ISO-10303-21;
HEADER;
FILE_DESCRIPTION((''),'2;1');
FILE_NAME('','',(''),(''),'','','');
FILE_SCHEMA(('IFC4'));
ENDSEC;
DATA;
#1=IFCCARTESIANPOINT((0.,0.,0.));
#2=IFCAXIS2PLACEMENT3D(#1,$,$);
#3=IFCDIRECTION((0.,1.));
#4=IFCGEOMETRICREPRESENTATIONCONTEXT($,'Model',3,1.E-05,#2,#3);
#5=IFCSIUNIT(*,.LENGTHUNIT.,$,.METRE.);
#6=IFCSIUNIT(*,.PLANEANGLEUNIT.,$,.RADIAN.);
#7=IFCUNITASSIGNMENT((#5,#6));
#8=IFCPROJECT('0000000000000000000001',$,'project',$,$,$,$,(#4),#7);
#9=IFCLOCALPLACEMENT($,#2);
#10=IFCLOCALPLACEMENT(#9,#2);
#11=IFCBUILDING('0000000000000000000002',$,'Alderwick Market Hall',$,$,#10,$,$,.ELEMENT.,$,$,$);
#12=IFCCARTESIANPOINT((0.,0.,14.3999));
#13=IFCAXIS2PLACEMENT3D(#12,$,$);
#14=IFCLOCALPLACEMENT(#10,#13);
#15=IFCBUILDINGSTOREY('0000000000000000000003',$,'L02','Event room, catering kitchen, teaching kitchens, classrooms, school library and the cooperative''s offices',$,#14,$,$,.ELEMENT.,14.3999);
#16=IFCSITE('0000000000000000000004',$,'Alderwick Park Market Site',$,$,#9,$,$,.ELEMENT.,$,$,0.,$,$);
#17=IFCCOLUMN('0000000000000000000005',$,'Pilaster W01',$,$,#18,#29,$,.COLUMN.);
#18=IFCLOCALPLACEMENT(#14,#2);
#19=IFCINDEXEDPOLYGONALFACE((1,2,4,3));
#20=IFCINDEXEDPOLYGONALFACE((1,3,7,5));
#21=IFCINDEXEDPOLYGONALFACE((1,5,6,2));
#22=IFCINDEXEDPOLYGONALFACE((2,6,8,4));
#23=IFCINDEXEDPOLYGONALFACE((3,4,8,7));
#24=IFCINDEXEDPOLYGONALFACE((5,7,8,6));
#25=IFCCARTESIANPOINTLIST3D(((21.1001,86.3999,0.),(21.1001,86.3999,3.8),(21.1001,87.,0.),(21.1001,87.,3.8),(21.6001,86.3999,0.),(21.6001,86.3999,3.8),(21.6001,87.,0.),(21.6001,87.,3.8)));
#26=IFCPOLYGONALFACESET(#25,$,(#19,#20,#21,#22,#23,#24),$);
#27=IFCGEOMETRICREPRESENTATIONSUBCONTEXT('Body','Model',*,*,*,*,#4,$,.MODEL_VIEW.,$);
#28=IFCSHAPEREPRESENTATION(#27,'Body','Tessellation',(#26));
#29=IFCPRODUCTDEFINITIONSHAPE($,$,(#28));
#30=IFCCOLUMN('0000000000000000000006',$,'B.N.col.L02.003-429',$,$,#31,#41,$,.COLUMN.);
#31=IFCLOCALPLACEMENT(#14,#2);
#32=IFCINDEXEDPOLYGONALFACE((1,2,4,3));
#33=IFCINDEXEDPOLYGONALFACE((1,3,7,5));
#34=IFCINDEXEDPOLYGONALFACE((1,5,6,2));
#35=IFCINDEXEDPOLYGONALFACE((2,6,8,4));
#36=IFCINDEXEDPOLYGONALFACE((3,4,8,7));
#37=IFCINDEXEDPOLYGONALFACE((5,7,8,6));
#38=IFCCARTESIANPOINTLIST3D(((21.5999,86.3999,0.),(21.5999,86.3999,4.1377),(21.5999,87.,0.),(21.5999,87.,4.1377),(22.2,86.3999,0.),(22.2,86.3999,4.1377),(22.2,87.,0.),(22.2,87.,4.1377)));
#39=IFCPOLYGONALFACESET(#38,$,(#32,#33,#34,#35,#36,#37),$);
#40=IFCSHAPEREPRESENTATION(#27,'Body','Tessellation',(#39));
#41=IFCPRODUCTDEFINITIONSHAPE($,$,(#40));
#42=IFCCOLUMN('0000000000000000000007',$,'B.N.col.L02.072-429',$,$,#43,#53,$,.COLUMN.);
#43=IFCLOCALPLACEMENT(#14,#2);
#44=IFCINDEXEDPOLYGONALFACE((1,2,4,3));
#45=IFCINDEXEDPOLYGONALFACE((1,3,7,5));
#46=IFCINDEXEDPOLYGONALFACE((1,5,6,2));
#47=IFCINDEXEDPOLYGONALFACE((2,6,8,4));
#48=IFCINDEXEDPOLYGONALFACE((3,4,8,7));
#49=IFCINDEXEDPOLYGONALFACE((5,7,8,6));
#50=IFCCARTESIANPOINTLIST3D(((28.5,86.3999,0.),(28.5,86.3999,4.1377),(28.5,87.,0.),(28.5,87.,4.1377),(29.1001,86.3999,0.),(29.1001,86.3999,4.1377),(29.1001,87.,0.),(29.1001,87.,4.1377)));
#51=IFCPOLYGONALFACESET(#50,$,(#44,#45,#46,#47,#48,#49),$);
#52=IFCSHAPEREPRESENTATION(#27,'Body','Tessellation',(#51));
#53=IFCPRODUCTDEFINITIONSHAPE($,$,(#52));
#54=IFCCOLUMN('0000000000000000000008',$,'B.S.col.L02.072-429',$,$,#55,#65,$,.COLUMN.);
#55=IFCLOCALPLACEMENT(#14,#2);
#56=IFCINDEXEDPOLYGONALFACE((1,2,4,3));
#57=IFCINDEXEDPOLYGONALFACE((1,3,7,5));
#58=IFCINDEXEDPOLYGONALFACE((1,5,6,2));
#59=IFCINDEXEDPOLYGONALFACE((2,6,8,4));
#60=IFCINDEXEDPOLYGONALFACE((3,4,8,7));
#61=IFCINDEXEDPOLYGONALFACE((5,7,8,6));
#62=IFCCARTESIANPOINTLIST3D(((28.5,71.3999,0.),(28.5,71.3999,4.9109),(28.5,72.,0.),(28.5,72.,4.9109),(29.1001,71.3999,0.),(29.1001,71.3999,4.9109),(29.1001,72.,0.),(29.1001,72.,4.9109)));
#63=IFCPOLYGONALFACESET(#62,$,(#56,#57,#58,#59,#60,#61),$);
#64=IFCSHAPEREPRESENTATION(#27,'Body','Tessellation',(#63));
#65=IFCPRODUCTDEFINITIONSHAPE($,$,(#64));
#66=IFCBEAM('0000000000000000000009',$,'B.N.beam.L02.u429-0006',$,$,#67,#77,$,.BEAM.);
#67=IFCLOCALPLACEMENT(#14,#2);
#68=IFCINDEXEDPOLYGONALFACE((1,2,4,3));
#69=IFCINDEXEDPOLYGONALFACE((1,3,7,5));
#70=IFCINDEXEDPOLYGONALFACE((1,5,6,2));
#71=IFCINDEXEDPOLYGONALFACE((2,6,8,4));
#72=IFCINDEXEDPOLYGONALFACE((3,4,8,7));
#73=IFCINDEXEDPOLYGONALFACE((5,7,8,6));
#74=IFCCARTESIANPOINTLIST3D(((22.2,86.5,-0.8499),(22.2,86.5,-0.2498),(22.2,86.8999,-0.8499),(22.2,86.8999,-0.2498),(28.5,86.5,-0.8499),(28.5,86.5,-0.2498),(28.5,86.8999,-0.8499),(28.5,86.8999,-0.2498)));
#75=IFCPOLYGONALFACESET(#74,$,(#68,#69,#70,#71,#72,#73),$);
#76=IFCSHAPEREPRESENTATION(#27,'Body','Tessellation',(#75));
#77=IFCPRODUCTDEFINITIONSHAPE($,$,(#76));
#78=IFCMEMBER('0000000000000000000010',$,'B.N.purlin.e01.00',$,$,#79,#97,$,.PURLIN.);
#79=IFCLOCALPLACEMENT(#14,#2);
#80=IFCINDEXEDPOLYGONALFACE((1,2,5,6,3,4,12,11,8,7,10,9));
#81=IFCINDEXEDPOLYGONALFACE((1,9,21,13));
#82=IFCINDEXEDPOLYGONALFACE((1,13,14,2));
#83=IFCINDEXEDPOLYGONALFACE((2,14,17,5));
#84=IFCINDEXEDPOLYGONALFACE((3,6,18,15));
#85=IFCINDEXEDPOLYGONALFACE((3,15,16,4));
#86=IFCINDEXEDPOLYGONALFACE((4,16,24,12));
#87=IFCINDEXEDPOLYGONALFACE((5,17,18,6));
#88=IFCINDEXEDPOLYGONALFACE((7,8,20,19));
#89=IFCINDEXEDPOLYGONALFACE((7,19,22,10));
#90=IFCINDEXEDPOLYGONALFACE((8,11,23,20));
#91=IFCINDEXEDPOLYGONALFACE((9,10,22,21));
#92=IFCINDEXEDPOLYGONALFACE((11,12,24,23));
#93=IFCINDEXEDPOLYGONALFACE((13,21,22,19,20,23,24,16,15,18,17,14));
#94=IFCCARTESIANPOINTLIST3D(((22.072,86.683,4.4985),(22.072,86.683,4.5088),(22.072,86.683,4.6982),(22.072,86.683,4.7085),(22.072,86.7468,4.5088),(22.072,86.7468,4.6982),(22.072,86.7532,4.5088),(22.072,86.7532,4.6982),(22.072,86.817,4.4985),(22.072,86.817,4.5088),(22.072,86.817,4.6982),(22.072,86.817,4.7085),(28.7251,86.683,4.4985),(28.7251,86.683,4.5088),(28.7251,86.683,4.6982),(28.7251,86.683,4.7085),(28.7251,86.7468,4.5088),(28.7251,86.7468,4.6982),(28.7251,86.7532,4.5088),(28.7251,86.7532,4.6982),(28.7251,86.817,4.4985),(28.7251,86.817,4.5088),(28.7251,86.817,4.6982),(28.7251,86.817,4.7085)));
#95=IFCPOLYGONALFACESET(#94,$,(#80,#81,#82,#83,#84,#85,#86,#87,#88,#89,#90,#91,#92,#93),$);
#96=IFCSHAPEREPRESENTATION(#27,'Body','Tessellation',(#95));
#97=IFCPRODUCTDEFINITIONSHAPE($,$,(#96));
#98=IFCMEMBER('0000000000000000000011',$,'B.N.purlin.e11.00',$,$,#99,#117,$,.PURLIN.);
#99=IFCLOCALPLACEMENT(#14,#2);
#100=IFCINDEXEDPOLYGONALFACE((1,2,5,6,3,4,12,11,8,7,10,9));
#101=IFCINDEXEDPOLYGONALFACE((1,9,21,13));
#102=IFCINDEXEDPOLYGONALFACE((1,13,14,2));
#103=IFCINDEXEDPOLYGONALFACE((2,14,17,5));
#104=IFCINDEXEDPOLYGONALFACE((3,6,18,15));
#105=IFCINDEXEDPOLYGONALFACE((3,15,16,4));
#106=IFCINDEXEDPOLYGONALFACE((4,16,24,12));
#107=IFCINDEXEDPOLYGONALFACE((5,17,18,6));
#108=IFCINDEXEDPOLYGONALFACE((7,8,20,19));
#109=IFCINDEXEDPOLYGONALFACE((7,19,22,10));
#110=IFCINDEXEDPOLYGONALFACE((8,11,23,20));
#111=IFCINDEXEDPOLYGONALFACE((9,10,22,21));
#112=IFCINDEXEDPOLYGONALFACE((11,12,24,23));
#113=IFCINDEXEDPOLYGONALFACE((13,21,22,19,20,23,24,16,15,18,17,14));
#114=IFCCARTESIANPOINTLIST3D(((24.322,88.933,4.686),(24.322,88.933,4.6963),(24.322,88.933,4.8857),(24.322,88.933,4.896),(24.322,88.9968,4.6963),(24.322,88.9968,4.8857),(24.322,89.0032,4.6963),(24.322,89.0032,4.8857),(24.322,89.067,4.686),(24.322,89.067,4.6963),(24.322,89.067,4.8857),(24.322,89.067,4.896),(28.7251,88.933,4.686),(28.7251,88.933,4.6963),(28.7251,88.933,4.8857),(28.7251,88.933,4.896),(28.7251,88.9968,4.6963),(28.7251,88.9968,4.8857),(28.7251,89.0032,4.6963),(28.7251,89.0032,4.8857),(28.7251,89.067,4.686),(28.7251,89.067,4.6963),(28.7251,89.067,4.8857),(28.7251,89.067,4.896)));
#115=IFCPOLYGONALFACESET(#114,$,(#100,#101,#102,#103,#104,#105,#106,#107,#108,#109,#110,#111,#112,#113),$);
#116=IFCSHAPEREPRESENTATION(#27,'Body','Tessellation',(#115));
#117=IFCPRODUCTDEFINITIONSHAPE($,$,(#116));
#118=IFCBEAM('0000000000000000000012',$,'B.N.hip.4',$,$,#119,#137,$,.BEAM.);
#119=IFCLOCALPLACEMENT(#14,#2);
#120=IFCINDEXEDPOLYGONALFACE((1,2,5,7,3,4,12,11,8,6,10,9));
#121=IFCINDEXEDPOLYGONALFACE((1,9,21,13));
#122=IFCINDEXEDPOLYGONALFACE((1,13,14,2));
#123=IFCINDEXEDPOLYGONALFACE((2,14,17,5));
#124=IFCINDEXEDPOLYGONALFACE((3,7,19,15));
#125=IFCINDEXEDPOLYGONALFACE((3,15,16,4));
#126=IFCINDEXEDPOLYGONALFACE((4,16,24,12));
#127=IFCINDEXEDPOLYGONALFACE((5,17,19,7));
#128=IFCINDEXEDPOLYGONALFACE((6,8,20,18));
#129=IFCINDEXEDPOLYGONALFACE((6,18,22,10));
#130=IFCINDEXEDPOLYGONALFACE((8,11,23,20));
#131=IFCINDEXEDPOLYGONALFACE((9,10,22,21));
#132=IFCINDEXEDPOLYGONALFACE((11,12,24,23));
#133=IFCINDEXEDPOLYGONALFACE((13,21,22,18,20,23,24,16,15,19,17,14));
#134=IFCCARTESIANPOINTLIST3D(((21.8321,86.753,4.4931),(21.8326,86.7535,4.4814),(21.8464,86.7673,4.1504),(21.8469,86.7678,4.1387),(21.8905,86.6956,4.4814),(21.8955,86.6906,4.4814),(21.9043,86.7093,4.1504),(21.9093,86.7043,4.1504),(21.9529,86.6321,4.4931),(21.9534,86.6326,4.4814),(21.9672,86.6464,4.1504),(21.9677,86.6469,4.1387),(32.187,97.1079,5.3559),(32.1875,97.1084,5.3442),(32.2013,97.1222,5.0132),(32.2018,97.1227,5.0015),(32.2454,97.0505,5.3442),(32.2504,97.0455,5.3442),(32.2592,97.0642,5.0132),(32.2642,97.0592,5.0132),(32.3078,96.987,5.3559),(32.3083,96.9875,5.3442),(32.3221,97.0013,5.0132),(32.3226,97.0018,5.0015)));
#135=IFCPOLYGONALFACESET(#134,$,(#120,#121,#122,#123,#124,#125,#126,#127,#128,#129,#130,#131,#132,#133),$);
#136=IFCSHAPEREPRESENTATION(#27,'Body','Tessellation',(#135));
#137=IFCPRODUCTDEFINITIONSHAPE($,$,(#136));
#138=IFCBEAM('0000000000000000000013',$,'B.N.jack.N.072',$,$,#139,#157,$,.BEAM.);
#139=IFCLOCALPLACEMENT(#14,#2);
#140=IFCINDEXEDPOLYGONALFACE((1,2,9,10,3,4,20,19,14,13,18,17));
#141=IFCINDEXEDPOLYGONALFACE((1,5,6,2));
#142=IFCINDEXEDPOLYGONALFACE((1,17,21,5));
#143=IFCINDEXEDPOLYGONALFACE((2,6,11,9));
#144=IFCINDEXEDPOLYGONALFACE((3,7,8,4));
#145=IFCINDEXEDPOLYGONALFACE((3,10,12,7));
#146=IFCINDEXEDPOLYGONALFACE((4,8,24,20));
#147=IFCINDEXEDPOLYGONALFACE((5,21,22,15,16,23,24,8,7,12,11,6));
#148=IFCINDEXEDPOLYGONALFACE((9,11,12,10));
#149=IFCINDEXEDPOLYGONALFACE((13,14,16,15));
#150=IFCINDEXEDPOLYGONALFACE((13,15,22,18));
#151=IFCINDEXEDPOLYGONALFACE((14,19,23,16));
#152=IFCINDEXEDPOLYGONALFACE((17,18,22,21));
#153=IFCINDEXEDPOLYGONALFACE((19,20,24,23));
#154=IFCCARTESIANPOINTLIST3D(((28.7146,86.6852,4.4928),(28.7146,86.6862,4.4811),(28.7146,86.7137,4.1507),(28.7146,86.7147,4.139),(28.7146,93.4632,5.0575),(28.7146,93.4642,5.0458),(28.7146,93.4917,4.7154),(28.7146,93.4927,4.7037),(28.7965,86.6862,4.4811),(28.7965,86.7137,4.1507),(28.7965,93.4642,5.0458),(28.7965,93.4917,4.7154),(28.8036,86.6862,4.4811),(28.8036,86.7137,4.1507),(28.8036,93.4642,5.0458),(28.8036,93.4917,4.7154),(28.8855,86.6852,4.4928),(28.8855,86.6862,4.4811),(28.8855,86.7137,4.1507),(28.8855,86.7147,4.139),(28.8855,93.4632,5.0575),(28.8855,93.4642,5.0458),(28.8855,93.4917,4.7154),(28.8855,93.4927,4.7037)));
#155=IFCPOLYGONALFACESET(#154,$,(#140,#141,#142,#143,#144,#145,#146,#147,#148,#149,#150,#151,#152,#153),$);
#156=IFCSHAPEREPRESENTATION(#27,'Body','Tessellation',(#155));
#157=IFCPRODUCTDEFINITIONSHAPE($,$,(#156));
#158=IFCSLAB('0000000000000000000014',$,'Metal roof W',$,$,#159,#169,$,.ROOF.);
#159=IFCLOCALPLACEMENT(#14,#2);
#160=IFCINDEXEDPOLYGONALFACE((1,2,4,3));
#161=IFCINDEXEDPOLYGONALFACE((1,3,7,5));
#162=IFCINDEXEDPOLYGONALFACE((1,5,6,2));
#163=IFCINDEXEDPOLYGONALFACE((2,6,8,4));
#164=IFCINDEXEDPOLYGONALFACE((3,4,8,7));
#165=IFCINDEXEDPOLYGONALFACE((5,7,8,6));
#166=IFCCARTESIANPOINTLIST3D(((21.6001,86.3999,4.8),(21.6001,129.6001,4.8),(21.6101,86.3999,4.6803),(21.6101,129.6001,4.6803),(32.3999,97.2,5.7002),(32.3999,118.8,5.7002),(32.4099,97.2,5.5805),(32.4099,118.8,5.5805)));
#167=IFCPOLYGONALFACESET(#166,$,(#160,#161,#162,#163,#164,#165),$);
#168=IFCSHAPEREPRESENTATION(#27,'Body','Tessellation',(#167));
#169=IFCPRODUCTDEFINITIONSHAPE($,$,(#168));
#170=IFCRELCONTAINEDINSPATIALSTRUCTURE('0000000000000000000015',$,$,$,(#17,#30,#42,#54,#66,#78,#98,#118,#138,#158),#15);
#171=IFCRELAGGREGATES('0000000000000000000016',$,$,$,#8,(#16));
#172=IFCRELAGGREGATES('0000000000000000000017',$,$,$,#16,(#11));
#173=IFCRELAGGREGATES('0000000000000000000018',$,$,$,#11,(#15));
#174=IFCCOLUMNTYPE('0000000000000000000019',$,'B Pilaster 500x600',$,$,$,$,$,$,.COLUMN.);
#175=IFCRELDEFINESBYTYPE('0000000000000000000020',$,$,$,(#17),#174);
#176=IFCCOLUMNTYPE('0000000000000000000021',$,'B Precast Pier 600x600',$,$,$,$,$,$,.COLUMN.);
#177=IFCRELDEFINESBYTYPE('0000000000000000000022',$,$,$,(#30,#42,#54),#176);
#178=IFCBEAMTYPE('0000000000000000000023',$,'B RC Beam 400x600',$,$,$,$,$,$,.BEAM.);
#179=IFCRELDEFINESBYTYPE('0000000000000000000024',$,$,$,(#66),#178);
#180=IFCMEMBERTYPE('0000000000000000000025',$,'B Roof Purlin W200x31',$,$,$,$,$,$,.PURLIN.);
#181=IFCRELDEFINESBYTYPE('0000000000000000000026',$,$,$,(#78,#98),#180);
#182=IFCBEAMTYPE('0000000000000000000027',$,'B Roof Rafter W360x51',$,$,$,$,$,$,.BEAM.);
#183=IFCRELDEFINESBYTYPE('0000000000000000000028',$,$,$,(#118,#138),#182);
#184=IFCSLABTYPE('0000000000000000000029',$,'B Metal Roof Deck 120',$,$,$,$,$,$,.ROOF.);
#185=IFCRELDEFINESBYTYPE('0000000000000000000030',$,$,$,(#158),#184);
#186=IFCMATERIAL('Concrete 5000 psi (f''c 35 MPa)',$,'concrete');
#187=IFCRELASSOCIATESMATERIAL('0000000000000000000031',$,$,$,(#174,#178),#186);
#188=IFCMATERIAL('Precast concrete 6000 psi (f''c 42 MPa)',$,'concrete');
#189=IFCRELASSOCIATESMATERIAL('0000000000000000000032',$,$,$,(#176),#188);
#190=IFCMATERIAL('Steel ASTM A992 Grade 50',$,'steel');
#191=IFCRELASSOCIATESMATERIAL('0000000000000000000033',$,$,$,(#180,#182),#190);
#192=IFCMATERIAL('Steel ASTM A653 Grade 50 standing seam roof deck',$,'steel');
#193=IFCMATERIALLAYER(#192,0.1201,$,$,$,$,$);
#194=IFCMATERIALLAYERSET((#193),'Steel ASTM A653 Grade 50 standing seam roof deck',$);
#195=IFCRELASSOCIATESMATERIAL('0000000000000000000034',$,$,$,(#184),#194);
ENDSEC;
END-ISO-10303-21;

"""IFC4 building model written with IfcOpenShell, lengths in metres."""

from ifc_helpers import new_model, si_unit, direction, frame, origin, origin_2d, place, context, subcontext, project, spatial, polyline, rectangle, i_section, outline, extrude, material, layer, layer_set, material_profile, profile_set, type_object, element, save


model = new_model("IFC4")

# Units and contexts
model_context = context("Model", 3, precision=1e-05, world=origin(), true_north=direction((0.0, 1.0)))
body_context = subcontext(model_context, "Body", "Model", "MODEL_VIEW")
ifc_project = project(units=[si_unit("LENGTHUNIT", "METRE"), si_unit("PLANEANGLEUNIT", "RADIAN")], contexts=[model_context])

# Site, building, storey
site_placement = place(None, origin())
site = spatial("IfcSite", under=ifc_project, at=site_placement, Name="Alderwick Park Market Site", CompositionType="ELEMENT", RefElevation=0.0)
building_placement = place(site_placement, origin())
building = spatial("IfcBuilding", under=site, at=building_placement, Name="Alderwick Market Hall", CompositionType="ELEMENT")
storey_placement = place(building_placement, frame((0.0, 0.0, 14.3999)))
storey = spatial("IfcBuildingStorey", under=building, at=storey_placement, Name="L02", Description="Event room, catering kitchen, teaching kitchens, classrooms, school library and the cooperative's offices", CompositionType="ELEMENT", Elevation=14.3999)

# Columns
ifc_material_1 = material(Name="Concrete 5000 psi (f'c 35 MPa)", Category="concrete")
ifc_material_profile_1 = material_profile(ifc_material_1, rectangle(XDim=0.5, YDim=0.6001, at=origin_2d()), Name="B Pilaster 500x600")
ifc_profile_set_1 = profile_set([ifc_material_profile_1], Name="Concrete 5000 psi (f'c 35 MPa)")
column_type_1 = type_object("IfcColumnType", Name="B Pilaster 500x600", PredefinedType="COLUMN", material=ifc_profile_set_1)
column_1_placement = place(storey_placement, frame((21.3501, 86.7, 0.0), z_axis=(0.0, 0.0, 1.0), x_axis=(1.0, 0.0, 0.0)))
element("IfcColumn", 1, at=column_1_placement, inside=storey, type_object=column_type_1, Name="Pilaster W01", PredefinedType="COLUMN", context=body_context, shape_type="SweptSolid", body=[
    extrude(rectangle(XDim=0.5, YDim=0.6001, at=origin_2d()), origin(), (0.0, 0.0, 1.0), 3.8),
])
ifc_material_2 = material(Name="Precast concrete 6000 psi (f'c 42 MPa)", Category="concrete")
ifc_material_profile_2 = material_profile(ifc_material_2, rectangle(XDim=0.6001, YDim=0.6001, at=origin_2d()), Name="B Precast Pier 600x600")
ifc_profile_set_2 = profile_set([ifc_material_profile_2], Name="Precast concrete 6000 psi (f'c 42 MPa)")
column_type_2 = type_object("IfcColumnType", Name="B Precast Pier 600x600", PredefinedType="COLUMN", material=ifc_profile_set_2)
for number, where, z_axis, x_axis, name in (
    (2, (21.8999, 86.7, 0.0), (0.0, 0.0, 1.0), (1.0, 0.0, 0.0), "B.N.col.L02.003-429"),
    (3, (28.8, 86.7, 0.0), (0.0, 0.0, 1.0), (1.0, 0.0, 0.0), "B.N.col.L02.072-429"),
):
    element("IfcColumn", number, at=place(storey_placement, frame(where, z_axis=z_axis, x_axis=x_axis)), inside=storey, type_object=column_type_2, Name=name, PredefinedType="COLUMN", context=body_context, shape_type="SweptSolid", body=[
        extrude(rectangle(XDim=0.6001, YDim=0.6001, at=origin_2d()), origin(), (0.0, 0.0, 1.0), 4.1377),
    ])
column_2_placement = place(storey_placement, frame((28.8, 71.7, 0.0), z_axis=(0.0, 0.0, 1.0), x_axis=(1.0, 0.0, 0.0)))
element("IfcColumn", 4, at=column_2_placement, inside=storey, type_object=column_type_2, Name="B.S.col.L02.072-429", PredefinedType="COLUMN", context=body_context, shape_type="SweptSolid", body=[
    extrude(rectangle(XDim=0.6001, YDim=0.6001, at=origin_2d()), origin(), (0.0, 0.0, 1.0), 4.9109),
])

# Beam
ifc_material_profile_3 = material_profile(ifc_material_1, rectangle(XDim=0.3999, YDim=0.6001, at=origin_2d()), Name="B RC Beam 400x600")
ifc_profile_set_3 = profile_set([ifc_material_profile_3], Name="Concrete 5000 psi (f'c 35 MPa)")
beam_type_1 = type_object("IfcBeamType", Name="B RC Beam 400x600", PredefinedType="BEAM", material=ifc_profile_set_3)
beam_1_placement = place(storey_placement, frame((22.2, 86.7, -0.5498), z_axis=(1.0, 0.0, 0.0), x_axis=(0.0, 1.0, 0.0)))
element("IfcBeam", 5, at=beam_1_placement, inside=storey, type_object=beam_type_1, Name="B.N.beam.L02.u429-0006", PredefinedType="BEAM", context=body_context, shape_type="SweptSolid", body=[
    extrude(rectangle(XDim=0.3999, YDim=0.6001, at=origin_2d()), origin(), (0.0, 0.0, 1.0), 6.3),
])

# Members
ifc_material_3 = material(Name="Steel ASTM A992 Grade 50", Category="steel")
ifc_material_profile_4 = material_profile(ifc_material_3, i_section(OverallWidth=0.134, OverallDepth=0.21, WebThickness=0.0063, FlangeThickness=0.0103, at=origin_2d()), Name="W200x31")
ifc_profile_set_4 = profile_set([ifc_material_profile_4], Name="Steel ASTM A992 Grade 50")
member_type = type_object("IfcMemberType", Name="B Roof Purlin W200x31", PredefinedType="PURLIN", material=ifc_profile_set_4)
member_1_placement = place(storey_placement, frame((22.072, 86.75, 4.6035), z_axis=(1.0, 0.0, 0.0), x_axis=(0.0, 1.0, 0.0)))
element("IfcMember", 6, at=member_1_placement, inside=storey, type_object=member_type, Name="B.N.purlin.e01.00", PredefinedType="PURLIN", context=body_context, shape_type="SweptSolid", body=[
    extrude(i_section(OverallWidth=0.134, OverallDepth=0.21, WebThickness=0.0063, FlangeThickness=0.0103, at=origin_2d()), origin(), (0.0, 0.0, 1.0), 6.6531),
])
member_2_placement = place(storey_placement, frame((24.322, 89.0, 4.791), z_axis=(1.0, 0.0, 0.0), x_axis=(0.0, 1.0, 0.0)))
element("IfcMember", 7, at=member_2_placement, inside=storey, type_object=member_type, Name="B.N.purlin.e11.00", PredefinedType="PURLIN", context=body_context, shape_type="SweptSolid", body=[
    extrude(i_section(OverallWidth=0.134, OverallDepth=0.21, WebThickness=0.0063, FlangeThickness=0.0103, at=origin_2d()), origin(), (0.0, 0.0, 1.0), 4.4031),
])

# Beams
ifc_material_profile_5 = material_profile(ifc_material_3, i_section(OverallWidth=0.1709, OverallDepth=0.355, WebThickness=0.0071, FlangeThickness=0.0117, at=origin_2d()), Name="W360x51")
ifc_profile_set_5 = profile_set([ifc_material_profile_5], Name="Steel ASTM A992 Grade 50")
beam_type_2 = type_object("IfcBeamType", Name="B Roof Rafter W360x51", PredefinedType="BEAM", material=ifc_profile_set_5)
beam_2_placement = place(storey_placement, frame((21.8999, 86.7, 4.3159), z_axis=(0.705883, 0.705883, 0.058815), x_axis=(-0.707107, 0.707107, 0.0)))
element("IfcBeam", 8, at=beam_2_placement, inside=storey, type_object=beam_type_2, Name="B.N.hip.4", PredefinedType="BEAM", context=body_context, shape_type="SweptSolid", body=[
    extrude(i_section(OverallWidth=0.1709, OverallDepth=0.355, WebThickness=0.0071, FlangeThickness=0.0117, at=origin_2d()), origin(), (0.0, 0.0, 1.0), 14.6694),
])
beam_3_placement = place(storey_placement, frame((28.8, 86.7, 4.3159), z_axis=(0.0, 0.996547, 0.083025), x_axis=(-1.0, 0.0, 0.0)))
element("IfcBeam", 9, at=beam_3_placement, inside=storey, type_object=beam_type_2, Name="B.N.jack.N.072", PredefinedType="BEAM", context=body_context, shape_type="SweptSolid", body=[
    extrude(i_section(OverallWidth=0.1709, OverallDepth=0.355, WebThickness=0.0071, FlangeThickness=0.0117, at=origin_2d()), origin(), (0.0, 0.0, 1.0), 6.8015),
])

# Slab
ifc_material_4 = material(Name="Steel ASTM A653 Grade 50 standing seam roof deck", Category="steel")
ifc_layer_1 = layer(ifc_material_4, 0.1201)
ifc_layer_set_1 = layer_set([ifc_layer_1], Name="Steel ASTM A653 Grade 50 standing seam roof deck")
slab_type = type_object("IfcSlabType", Name="B Metal Roof Deck 120", PredefinedType="ROOF", material=ifc_layer_set_1)
slab_placement = place(storey_placement, frame((21.6001, 86.3999, 4.8), z_axis=(-0.08306, 0.0, 0.996545), x_axis=(0.0, 1.0, 0.0)))
element("IfcSlab", 10, at=slab_placement, inside=storey, type_object=slab_type, Name="Metal roof W", PredefinedType="ROOF", context=body_context, shape_type="SweptSolid", body=[
    extrude(outline(polyline([(0.0, 0.0), (43.2002, 0.0), (32.4001, -10.8373), (10.8, -10.8373), (0.0, 0.0)])), origin(), (0.0, 0.0, -1.0), 0.1201),
])

save(model, "model.ifc")
